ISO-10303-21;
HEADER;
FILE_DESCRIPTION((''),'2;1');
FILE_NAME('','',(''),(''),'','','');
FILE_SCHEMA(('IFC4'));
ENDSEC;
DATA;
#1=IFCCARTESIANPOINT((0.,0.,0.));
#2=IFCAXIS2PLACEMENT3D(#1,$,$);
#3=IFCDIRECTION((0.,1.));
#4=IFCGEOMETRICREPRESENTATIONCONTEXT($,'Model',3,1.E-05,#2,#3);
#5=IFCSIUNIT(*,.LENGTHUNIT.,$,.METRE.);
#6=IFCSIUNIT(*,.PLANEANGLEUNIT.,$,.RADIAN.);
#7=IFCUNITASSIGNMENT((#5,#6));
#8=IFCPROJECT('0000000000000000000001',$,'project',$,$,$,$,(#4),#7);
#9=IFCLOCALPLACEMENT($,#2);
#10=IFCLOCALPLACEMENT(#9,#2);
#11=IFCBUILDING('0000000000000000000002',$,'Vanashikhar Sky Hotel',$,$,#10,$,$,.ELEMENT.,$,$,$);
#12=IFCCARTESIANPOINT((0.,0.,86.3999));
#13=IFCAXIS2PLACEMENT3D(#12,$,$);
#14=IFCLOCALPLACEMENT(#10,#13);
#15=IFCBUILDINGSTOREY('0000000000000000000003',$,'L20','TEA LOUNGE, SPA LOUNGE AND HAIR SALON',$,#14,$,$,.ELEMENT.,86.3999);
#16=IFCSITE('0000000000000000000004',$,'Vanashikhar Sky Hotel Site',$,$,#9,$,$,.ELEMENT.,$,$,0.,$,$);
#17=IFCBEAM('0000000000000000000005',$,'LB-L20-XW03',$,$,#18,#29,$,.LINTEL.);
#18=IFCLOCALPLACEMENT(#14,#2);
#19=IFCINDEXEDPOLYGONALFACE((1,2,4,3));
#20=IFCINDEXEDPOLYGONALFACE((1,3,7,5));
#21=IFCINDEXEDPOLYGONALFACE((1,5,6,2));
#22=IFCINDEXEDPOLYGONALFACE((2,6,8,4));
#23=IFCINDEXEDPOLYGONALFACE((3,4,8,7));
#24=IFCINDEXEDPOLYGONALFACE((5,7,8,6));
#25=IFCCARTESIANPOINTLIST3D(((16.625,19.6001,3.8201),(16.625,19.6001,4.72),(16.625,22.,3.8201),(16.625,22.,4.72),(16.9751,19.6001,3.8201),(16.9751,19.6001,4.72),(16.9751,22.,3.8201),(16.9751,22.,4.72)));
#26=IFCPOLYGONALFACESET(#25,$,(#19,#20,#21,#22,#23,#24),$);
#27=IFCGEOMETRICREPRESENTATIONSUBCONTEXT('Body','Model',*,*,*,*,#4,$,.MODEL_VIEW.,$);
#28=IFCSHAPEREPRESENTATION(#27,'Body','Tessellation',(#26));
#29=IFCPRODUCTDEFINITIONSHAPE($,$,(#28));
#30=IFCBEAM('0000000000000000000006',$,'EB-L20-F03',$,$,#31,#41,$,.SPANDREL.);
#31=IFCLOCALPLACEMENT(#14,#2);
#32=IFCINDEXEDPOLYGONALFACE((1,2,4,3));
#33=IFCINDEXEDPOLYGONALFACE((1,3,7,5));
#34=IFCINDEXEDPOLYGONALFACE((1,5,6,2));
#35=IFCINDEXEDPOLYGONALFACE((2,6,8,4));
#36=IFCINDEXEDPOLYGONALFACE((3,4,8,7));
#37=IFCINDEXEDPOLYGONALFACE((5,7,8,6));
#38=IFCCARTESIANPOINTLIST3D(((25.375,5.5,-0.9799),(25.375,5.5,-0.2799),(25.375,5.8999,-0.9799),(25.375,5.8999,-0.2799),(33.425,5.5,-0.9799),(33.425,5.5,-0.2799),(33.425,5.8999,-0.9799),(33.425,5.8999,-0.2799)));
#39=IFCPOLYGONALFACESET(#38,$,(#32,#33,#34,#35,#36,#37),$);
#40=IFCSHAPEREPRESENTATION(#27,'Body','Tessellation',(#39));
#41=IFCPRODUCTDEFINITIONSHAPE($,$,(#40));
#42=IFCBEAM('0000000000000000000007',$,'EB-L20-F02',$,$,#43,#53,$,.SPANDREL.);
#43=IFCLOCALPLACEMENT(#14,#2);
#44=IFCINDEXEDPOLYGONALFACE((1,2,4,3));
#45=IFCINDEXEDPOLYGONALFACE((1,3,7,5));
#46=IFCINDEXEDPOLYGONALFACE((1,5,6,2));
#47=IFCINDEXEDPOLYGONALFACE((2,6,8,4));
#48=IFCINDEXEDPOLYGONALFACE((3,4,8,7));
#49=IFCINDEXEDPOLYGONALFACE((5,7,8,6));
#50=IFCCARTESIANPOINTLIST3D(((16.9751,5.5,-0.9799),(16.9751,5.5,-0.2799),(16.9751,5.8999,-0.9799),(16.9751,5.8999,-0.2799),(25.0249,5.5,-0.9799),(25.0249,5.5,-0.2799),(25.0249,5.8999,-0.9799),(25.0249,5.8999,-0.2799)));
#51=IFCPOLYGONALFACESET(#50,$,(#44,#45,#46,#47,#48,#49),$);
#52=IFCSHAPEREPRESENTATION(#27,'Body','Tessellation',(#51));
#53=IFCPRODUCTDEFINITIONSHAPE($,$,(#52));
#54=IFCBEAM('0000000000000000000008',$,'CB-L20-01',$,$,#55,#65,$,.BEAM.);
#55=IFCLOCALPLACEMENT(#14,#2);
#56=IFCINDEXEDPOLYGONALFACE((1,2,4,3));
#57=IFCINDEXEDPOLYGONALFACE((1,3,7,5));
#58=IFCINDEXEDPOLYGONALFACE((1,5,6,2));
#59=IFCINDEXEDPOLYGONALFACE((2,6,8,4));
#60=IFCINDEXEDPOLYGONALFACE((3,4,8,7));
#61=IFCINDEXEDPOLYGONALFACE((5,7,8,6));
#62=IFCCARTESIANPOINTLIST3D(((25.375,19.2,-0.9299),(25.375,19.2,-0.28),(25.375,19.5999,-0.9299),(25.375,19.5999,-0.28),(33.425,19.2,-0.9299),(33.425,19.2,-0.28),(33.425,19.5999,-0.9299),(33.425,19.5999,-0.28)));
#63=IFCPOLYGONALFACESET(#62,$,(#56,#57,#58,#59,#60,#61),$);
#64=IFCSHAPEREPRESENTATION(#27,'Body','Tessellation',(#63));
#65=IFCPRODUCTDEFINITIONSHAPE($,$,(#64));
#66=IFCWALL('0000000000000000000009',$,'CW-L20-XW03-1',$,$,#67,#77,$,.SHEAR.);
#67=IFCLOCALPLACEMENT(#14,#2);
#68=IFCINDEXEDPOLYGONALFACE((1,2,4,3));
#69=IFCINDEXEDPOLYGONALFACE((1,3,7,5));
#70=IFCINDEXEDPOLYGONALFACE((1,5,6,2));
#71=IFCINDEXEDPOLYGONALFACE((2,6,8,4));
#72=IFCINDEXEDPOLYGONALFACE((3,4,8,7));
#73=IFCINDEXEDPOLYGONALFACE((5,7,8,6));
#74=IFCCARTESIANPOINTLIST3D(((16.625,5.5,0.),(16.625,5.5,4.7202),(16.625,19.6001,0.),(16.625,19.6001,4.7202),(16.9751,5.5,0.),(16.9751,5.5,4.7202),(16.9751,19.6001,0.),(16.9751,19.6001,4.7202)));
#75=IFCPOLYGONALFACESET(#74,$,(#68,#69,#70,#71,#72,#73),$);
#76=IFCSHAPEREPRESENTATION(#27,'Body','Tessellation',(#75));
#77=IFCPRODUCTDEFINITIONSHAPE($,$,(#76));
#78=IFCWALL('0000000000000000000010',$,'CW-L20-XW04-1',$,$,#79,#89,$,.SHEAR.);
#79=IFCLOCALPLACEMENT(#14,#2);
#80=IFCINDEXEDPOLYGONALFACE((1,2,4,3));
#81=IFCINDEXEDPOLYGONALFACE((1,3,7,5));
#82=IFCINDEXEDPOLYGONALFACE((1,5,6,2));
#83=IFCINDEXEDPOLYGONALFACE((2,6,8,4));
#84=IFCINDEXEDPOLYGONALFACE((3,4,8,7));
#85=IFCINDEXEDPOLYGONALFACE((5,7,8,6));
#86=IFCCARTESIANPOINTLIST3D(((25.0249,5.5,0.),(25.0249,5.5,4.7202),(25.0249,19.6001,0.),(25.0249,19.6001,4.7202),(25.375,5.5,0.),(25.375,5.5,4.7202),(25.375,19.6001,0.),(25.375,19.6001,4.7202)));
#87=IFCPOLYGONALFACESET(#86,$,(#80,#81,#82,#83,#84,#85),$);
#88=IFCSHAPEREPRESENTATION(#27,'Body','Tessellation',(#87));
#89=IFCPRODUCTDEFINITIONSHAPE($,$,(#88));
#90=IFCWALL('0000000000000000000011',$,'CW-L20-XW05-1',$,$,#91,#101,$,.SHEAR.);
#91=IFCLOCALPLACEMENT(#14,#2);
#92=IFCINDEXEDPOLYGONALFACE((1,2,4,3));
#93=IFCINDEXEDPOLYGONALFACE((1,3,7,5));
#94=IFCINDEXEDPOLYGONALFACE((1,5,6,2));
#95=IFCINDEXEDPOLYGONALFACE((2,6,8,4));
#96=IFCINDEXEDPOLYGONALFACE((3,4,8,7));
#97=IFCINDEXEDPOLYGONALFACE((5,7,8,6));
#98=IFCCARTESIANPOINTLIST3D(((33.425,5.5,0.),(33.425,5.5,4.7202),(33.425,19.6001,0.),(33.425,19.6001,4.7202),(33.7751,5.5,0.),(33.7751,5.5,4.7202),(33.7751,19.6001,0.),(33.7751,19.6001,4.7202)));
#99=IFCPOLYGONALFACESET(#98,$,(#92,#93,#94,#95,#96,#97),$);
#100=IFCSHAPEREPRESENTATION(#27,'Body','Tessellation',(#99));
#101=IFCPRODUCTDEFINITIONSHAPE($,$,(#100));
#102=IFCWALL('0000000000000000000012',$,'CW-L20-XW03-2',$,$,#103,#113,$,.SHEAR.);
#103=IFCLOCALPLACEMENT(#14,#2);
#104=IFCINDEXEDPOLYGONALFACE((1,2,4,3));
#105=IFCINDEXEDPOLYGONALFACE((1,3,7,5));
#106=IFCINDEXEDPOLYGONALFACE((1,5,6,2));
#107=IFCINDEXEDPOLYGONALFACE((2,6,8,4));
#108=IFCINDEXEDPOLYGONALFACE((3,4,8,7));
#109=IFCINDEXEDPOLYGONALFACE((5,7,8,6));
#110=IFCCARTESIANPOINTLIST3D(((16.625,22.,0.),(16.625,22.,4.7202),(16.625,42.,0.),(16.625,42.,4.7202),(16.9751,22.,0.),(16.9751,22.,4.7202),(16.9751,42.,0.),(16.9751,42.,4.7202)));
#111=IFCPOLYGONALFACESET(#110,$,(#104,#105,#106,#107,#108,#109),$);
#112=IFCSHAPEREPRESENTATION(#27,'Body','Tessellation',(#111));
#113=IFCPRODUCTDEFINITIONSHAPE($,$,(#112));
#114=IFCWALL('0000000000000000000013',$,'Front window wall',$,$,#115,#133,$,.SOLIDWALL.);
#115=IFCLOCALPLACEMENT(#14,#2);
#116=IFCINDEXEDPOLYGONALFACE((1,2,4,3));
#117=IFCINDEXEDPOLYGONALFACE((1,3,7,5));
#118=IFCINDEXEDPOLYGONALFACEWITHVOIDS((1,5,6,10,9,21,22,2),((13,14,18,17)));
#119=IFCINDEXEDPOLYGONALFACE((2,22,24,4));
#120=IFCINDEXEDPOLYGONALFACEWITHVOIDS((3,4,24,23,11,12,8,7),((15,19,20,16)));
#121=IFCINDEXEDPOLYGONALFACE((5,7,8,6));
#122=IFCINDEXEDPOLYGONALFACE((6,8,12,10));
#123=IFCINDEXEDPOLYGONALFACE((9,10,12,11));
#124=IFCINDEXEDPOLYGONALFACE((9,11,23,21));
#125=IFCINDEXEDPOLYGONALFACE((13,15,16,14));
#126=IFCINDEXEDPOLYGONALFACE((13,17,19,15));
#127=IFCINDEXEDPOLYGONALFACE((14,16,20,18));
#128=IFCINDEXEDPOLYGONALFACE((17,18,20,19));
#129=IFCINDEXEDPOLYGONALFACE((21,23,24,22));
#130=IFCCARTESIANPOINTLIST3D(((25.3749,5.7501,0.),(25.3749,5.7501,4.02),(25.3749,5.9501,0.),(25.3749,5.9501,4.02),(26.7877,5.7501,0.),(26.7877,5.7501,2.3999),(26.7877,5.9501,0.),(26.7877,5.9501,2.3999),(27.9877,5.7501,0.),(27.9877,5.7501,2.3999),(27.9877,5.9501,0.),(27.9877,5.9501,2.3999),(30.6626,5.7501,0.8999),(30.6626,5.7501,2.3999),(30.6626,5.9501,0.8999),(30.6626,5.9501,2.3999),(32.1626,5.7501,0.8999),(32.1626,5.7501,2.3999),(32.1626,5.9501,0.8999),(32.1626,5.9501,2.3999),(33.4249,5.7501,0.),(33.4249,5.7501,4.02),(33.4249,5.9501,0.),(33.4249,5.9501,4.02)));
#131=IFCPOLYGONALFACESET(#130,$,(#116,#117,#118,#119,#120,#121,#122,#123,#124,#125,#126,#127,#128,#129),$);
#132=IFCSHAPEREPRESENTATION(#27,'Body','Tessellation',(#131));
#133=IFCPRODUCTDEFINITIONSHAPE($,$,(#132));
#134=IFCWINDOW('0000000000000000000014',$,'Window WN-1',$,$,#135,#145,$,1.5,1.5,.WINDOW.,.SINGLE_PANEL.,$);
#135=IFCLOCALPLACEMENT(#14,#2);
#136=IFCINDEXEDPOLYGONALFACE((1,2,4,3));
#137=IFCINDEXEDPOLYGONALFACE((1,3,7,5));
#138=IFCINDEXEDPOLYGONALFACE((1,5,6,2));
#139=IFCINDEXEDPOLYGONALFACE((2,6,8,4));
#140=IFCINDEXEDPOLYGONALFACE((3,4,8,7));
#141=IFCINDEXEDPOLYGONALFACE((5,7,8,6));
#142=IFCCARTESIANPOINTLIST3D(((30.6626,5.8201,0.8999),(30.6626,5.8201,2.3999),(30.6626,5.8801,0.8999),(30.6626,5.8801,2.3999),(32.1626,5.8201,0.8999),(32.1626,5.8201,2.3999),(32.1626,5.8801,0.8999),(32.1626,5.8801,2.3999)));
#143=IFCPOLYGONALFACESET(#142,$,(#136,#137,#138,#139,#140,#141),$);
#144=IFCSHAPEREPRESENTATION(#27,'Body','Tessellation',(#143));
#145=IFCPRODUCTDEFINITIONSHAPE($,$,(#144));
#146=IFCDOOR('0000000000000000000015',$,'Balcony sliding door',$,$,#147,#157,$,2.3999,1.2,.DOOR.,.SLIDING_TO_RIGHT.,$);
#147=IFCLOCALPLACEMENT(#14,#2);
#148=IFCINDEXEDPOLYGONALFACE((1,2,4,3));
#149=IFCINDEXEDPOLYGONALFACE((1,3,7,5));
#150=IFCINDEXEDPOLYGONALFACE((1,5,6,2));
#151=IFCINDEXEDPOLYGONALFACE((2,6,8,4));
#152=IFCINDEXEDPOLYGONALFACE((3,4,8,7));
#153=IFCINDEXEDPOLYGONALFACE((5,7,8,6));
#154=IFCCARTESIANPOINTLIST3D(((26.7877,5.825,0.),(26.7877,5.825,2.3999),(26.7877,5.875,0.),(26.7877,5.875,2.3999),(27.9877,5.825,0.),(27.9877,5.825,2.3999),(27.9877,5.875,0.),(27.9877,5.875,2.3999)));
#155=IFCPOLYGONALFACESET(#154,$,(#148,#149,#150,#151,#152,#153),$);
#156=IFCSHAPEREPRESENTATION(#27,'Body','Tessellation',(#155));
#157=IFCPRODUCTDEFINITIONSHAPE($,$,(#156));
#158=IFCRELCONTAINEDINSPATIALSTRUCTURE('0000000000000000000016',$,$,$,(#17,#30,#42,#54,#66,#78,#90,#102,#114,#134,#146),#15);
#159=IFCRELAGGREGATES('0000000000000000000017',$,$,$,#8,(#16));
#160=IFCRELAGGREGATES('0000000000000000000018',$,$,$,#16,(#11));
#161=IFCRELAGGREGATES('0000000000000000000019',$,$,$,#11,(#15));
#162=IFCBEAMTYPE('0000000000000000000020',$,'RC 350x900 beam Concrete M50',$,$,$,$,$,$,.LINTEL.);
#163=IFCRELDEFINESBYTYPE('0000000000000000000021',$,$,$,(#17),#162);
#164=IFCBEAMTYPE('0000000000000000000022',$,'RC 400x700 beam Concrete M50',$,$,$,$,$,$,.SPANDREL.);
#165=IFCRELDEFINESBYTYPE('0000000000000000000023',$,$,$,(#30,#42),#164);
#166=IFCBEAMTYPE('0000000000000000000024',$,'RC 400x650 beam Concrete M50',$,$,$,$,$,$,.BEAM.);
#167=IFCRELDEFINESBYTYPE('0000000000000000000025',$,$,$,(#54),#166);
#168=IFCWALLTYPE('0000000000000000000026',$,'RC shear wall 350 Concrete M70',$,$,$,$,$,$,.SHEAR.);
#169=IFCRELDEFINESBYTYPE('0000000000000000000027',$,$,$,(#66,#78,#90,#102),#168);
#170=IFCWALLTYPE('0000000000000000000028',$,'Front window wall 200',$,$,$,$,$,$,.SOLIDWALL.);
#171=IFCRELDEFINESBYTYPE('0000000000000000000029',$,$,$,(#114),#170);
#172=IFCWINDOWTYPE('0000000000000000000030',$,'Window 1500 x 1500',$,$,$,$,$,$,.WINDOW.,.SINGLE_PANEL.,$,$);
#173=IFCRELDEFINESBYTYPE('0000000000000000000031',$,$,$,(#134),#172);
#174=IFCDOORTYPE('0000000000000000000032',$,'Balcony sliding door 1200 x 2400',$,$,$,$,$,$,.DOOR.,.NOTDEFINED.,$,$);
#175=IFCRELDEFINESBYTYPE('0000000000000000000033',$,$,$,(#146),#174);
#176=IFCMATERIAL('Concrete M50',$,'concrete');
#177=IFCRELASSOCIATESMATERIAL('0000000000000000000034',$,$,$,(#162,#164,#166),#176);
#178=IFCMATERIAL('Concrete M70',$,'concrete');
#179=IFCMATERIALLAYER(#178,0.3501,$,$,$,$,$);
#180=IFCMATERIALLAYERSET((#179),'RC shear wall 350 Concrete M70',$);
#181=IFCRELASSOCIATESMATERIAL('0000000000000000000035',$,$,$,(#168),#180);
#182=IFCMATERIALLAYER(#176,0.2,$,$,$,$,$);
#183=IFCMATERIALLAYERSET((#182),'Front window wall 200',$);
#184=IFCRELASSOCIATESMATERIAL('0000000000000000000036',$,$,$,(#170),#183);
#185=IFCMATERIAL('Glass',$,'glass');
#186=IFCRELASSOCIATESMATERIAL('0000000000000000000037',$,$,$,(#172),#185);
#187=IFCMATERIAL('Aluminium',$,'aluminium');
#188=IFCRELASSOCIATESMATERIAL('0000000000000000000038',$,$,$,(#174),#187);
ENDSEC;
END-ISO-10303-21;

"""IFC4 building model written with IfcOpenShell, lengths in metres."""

from ifc_helpers import new_model, si_unit, direction, frame, frame_2d, origin, origin_2d, place, context, subcontext, project, spatial, rectangle, extrude, source, transform, mapped, material, layer, layer_set, material_profile, profile_set, type_object, element, fill, save


model = new_model("IFC4")

# Units and contexts
model_context = context("Model", 3, precision=1e-05, world=origin(), true_north=direction((0.0, 1.0)))
body_context = subcontext(model_context, "Body", "Model", "MODEL_VIEW")
ifc_project = project(units=[si_unit("LENGTHUNIT", "METRE"), si_unit("PLANEANGLEUNIT", "RADIAN")], contexts=[model_context])

# Site, building, storey
site_placement = place(None, origin())
site = spatial("IfcSite", under=ifc_project, at=site_placement, Name="Vanashikhar Sky Hotel Site", CompositionType="ELEMENT", RefElevation=0.0)
building_placement = place(site_placement, origin())
building = spatial("IfcBuilding", under=site, at=building_placement, Name="Vanashikhar Sky Hotel", CompositionType="ELEMENT")
storey_placement = place(building_placement, frame((0.0, 0.0, 86.3999)))
storey = spatial("IfcBuildingStorey", under=building, at=storey_placement, Name="L20", Description="TEA LOUNGE, SPA LOUNGE AND HAIR SALON", CompositionType="ELEMENT", Elevation=86.3999)

# Beams
ifc_material_1 = material(Name="Concrete M50", Category="concrete")
ifc_material_profile_1 = material_profile(ifc_material_1, rectangle(XDim=0.3501, YDim=0.8999, at=origin_2d()))
ifc_profile_set_1 = profile_set([ifc_material_profile_1], Name="RC 350x900 beam Concrete M50")
beam_type_1 = type_object("IfcBeamType", Name="RC 350x900 beam Concrete M50", PredefinedType="LINTEL", material=ifc_profile_set_1)
shared_shape_1 = source(origin(), body_context, "Body", "SweptSolid", [
    extrude(rectangle(XDim=0.3501, YDim=0.8999, at=origin_2d()), origin(), (0.0, 0.0, 1.0), 2.3999),
])
beam_1_placement = place(storey_placement, frame((16.8, 19.6001, 4.27), z_axis=(0.0, 1.0, 0.0), x_axis=(-1.0, 0.0, 0.0)))
element("IfcBeam", 1, at=beam_1_placement, inside=storey, type_object=beam_type_1, Name="LB-L20-XW03", PredefinedType="LINTEL", context=body_context, shape_type="MappedRepresentation", body=[
    mapped(shared_shape_1, transform((0.0, 0.0, 0.0), scale=1.0)),
])
ifc_material_profile_2 = material_profile(ifc_material_1, rectangle(XDim=0.3999, YDim=0.7, at=origin_2d()))
ifc_profile_set_2 = profile_set([ifc_material_profile_2], Name="RC 400x700 beam Concrete M50")
beam_type_2 = type_object("IfcBeamType", Name="RC 400x700 beam Concrete M50", PredefinedType="SPANDREL", material=ifc_profile_set_2)
shared_shape_2 = source(origin(), body_context, "Body", "SweptSolid", [
    extrude(rectangle(XDim=0.3999, YDim=0.7, at=origin_2d()), origin(), (0.0, 0.0, 1.0), 8.05),
])
beam_2_placement = place(storey_placement, frame((25.375, 5.7, -0.6299), z_axis=(1.0, 0.0, 0.0), x_axis=(0.0, 1.0, 0.0)))
element("IfcBeam", 2, at=beam_2_placement, inside=storey, type_object=beam_type_2, Name="EB-L20-F03", PredefinedType="SPANDREL", context=body_context, shape_type="MappedRepresentation", body=[
    mapped(shared_shape_2, transform((0.0, 0.0, 0.0), scale=1.0)),
])
shared_shape_3 = source(origin(), body_context, "Body", "SweptSolid", [
    extrude(rectangle(XDim=0.3999, YDim=0.7, at=origin_2d()), origin(), (0.0, 0.0, 1.0), 8.0498),
])
beam_3_placement = place(storey_placement, frame((16.9751, 5.7, -0.6299), z_axis=(1.0, 0.0, 0.0), x_axis=(0.0, 1.0, 0.0)))
element("IfcBeam", 3, at=beam_3_placement, inside=storey, type_object=beam_type_2, Name="EB-L20-F02", PredefinedType="SPANDREL", context=body_context, shape_type="MappedRepresentation", body=[
    mapped(shared_shape_3, transform((0.0, 0.0, 0.0), scale=1.0)),
])
ifc_material_profile_3 = material_profile(ifc_material_1, rectangle(XDim=0.3999, YDim=0.6499, at=origin_2d()))
ifc_profile_set_3 = profile_set([ifc_material_profile_3], Name="RC 400x650 beam Concrete M50")
beam_type_3 = type_object("IfcBeamType", Name="RC 400x650 beam Concrete M50", PredefinedType="BEAM", material=ifc_profile_set_3)
shared_shape_4 = source(origin(), body_context, "Body", "SweptSolid", [
    extrude(rectangle(XDim=0.3999, YDim=0.6499, at=origin_2d()), origin(), (0.0, 0.0, 1.0), 8.05),
])
beam_4_placement = place(storey_placement, frame((25.375, 19.3999, -0.605), z_axis=(1.0, 0.0, 0.0), x_axis=(0.0, 1.0, 0.0)))
element("IfcBeam", 4, at=beam_4_placement, inside=storey, type_object=beam_type_3, Name="CB-L20-01", PredefinedType="BEAM", context=body_context, shape_type="MappedRepresentation", body=[
    mapped(shared_shape_4, transform((0.0, 0.0, 0.0), scale=1.0)),
])

# Walls
ifc_material_2 = material(Name="Concrete M70", Category="concrete")
ifc_layer_1 = layer(ifc_material_2, 0.3501)
ifc_layer_set_1 = layer_set([ifc_layer_1], Name="RC shear wall 350 Concrete M70")
wall_type_1 = type_object("IfcWallType", Name="RC shear wall 350 Concrete M70", PredefinedType="SHEAR", material=ifc_layer_set_1)
shared_shape_5 = source(origin(), body_context, "Body", "SweptSolid", [
    extrude(rectangle(XDim=14.1001, YDim=0.3501, at=frame_2d((7.05, 0.0))), origin(), (0.0, 0.0, 1.0), 4.7202),
])
for number, where, z_axis, x_axis, name in (
    (5, (16.8, 5.5, 0.0), (0.0, 0.0, 1.0), (0.0, 1.0, 0.0), "CW-L20-XW03-1"),
    (6, (25.2, 5.5, 0.0), (0.0, 0.0, 1.0), (0.0, 1.0, 0.0), "CW-L20-XW04-1"),
    (7, (33.6001, 5.5, 0.0), (0.0, 0.0, 1.0), (0.0, 1.0, 0.0), "CW-L20-XW05-1"),
):
    element("IfcWall", number, at=place(storey_placement, frame(where, z_axis=z_axis, x_axis=x_axis)), inside=storey, type_object=wall_type_1, Name=name, PredefinedType="SHEAR", context=body_context, shape_type="MappedRepresentation", body=[
        mapped(shared_shape_5, transform((0.0, 0.0, 0.0), scale=1.0)),
    ])
shared_shape_6 = source(origin(), body_context, "Body", "SweptSolid", [
    extrude(rectangle(XDim=20.0, YDim=0.3501, at=frame_2d((10.0, 0.0))), origin(), (0.0, 0.0, 1.0), 4.7202),
])
wall_1_placement = place(storey_placement, frame((16.8, 22.0, 0.0), z_axis=(0.0, 0.0, 1.0), x_axis=(0.0, 1.0, 0.0)))
element("IfcWall", 8, at=wall_1_placement, inside=storey, type_object=wall_type_1, Name="CW-L20-XW03-2", PredefinedType="SHEAR", context=body_context, shape_type="MappedRepresentation", body=[
    mapped(shared_shape_6, transform((0.0, 0.0, 0.0), scale=1.0)),
])

# Wall, openings, window, door
ifc_layer_2 = layer(ifc_material_1, 0.2)
ifc_layer_set_2 = layer_set([ifc_layer_2], Name="Front window wall 200")
wall_type_2 = type_object("IfcWallType", Name="Front window wall 200", PredefinedType="SOLIDWALL", material=ifc_layer_set_2)
shared_shape_7 = source(origin(), body_context, "Body", "SweptSolid", [
    extrude(rectangle(XDim=8.05, YDim=0.2, at=frame_2d((4.0249, 0.0))), origin(), (0.0, 0.0, 1.0), 4.02),
])
wall_2_placement = place(storey_placement, frame((25.375, 5.8501, 0.0), z_axis=(0.0, 0.0, 1.0), x_axis=(1.0, 0.0, 0.0)))
wall_2 = element("IfcWall", 9, at=wall_2_placement, inside=storey, type_object=wall_type_2, Name="Front window wall", PredefinedType="SOLIDWALL", context=body_context, shape_type="MappedRepresentation", body=[
    mapped(shared_shape_7, transform((0.0, 0.0, 0.0), scale=1.0)),
])
shared_shape_8 = source(origin(), body_context, "Body", "SweptSolid", [
    extrude(rectangle(XDim=1.5, YDim=1.5, at=frame_2d((0.75, 0.75))), frame((0.0, 0.1099, 0.0), z_axis=(0.0, -1.0, 0.0), x_axis=(1.0, 0.0, 0.0)), (0.0, 0.0, 1.0), 0.22),
])
opening_1_placement = place(wall_2_placement, frame((5.2876, 0.0, 0.8999)))
opening_1 = element("IfcOpeningElement", 10, at=opening_1_placement, cuts=wall_2, PredefinedType="OPENING", context=body_context, shape_type="MappedRepresentation", body=[
    mapped(shared_shape_8, transform((0.0, 0.0, 0.0), scale=1.0)),
])
shared_shape_9 = source(origin(), body_context, "Body", "SweptSolid", [
    extrude(rectangle(XDim=1.2, YDim=2.3999, at=frame_2d((0.6001, 1.2))), frame((0.0, 0.1099, 0.0), z_axis=(0.0, -1.0, 0.0), x_axis=(1.0, 0.0, 0.0)), (0.0, 0.0, 1.0), 0.22),
])
opening_2_placement = place(wall_2_placement, frame((1.4126, 0.0, 0.0)))
opening_2 = element("IfcOpeningElement", 11, at=opening_2_placement, cuts=wall_2, PredefinedType="OPENING", context=body_context, shape_type="MappedRepresentation", body=[
    mapped(shared_shape_9, transform((0.0, 0.0, 0.0), scale=1.0)),
])
ifc_material_3 = material(Name="Glass", Category="glass")
window_type = type_object("IfcWindowType", Name="Window 1500 x 1500", PartitioningType="SINGLE_PANEL", PredefinedType="WINDOW", material=ifc_material_3)
shared_shape_10 = source(origin(), body_context, "Body", "SweptSolid", [
    extrude(rectangle(XDim=1.5, YDim=1.5, at=frame_2d((0.75, 0.75))), frame((0.0, 0.03, 0.0), z_axis=(0.0, -1.0, 0.0), x_axis=(1.0, 0.0, 0.0)), (0.0, 0.0, 1.0), 0.0601),
])
window_1_placement = place(opening_1_placement, origin())
window_1 = element("IfcWindow", 12, at=window_1_placement, inside=storey, type_object=window_type, Name="Window WN-1", OverallHeight=1.5, OverallWidth=1.5, PartitioningType="SINGLE_PANEL", PredefinedType="WINDOW", context=body_context, shape_type="MappedRepresentation", body=[
    mapped(shared_shape_10, transform((0.0, 0.0, 0.0), scale=1.0)),
])
fill(opening_1, window_1)
ifc_material_4 = material(Name="Aluminium", Category="aluminium")
door_type_1 = type_object("IfcDoorType", Name="Balcony sliding door 1200 x 2400", OperationType="NOTDEFINED", PredefinedType="DOOR", material=ifc_material_4)
shared_shape_11 = source(origin(), body_context, "Body", "SweptSolid", [
    extrude(rectangle(XDim=1.2, YDim=2.3999, at=frame_2d((0.6001, 1.2))), frame((0.0, 0.0249, 0.0), z_axis=(0.0, -1.0, 0.0), x_axis=(1.0, 0.0, 0.0)), (0.0, 0.0, 1.0), 0.05),
])
door_1_placement = place(opening_2_placement, origin())
door_1 = element("IfcDoor", 13, at=door_1_placement, inside=storey, type_object=door_type_1, Name="Balcony sliding door", OperationType="SLIDING_TO_RIGHT", OverallHeight=2.3999, OverallWidth=1.2, PredefinedType="DOOR", context=body_context, shape_type="MappedRepresentation", body=[
    mapped(shared_shape_11, transform((0.0, 0.0, 0.0), scale=1.0)),
])
fill(opening_2, door_1)

save(model, "model.ifc")
